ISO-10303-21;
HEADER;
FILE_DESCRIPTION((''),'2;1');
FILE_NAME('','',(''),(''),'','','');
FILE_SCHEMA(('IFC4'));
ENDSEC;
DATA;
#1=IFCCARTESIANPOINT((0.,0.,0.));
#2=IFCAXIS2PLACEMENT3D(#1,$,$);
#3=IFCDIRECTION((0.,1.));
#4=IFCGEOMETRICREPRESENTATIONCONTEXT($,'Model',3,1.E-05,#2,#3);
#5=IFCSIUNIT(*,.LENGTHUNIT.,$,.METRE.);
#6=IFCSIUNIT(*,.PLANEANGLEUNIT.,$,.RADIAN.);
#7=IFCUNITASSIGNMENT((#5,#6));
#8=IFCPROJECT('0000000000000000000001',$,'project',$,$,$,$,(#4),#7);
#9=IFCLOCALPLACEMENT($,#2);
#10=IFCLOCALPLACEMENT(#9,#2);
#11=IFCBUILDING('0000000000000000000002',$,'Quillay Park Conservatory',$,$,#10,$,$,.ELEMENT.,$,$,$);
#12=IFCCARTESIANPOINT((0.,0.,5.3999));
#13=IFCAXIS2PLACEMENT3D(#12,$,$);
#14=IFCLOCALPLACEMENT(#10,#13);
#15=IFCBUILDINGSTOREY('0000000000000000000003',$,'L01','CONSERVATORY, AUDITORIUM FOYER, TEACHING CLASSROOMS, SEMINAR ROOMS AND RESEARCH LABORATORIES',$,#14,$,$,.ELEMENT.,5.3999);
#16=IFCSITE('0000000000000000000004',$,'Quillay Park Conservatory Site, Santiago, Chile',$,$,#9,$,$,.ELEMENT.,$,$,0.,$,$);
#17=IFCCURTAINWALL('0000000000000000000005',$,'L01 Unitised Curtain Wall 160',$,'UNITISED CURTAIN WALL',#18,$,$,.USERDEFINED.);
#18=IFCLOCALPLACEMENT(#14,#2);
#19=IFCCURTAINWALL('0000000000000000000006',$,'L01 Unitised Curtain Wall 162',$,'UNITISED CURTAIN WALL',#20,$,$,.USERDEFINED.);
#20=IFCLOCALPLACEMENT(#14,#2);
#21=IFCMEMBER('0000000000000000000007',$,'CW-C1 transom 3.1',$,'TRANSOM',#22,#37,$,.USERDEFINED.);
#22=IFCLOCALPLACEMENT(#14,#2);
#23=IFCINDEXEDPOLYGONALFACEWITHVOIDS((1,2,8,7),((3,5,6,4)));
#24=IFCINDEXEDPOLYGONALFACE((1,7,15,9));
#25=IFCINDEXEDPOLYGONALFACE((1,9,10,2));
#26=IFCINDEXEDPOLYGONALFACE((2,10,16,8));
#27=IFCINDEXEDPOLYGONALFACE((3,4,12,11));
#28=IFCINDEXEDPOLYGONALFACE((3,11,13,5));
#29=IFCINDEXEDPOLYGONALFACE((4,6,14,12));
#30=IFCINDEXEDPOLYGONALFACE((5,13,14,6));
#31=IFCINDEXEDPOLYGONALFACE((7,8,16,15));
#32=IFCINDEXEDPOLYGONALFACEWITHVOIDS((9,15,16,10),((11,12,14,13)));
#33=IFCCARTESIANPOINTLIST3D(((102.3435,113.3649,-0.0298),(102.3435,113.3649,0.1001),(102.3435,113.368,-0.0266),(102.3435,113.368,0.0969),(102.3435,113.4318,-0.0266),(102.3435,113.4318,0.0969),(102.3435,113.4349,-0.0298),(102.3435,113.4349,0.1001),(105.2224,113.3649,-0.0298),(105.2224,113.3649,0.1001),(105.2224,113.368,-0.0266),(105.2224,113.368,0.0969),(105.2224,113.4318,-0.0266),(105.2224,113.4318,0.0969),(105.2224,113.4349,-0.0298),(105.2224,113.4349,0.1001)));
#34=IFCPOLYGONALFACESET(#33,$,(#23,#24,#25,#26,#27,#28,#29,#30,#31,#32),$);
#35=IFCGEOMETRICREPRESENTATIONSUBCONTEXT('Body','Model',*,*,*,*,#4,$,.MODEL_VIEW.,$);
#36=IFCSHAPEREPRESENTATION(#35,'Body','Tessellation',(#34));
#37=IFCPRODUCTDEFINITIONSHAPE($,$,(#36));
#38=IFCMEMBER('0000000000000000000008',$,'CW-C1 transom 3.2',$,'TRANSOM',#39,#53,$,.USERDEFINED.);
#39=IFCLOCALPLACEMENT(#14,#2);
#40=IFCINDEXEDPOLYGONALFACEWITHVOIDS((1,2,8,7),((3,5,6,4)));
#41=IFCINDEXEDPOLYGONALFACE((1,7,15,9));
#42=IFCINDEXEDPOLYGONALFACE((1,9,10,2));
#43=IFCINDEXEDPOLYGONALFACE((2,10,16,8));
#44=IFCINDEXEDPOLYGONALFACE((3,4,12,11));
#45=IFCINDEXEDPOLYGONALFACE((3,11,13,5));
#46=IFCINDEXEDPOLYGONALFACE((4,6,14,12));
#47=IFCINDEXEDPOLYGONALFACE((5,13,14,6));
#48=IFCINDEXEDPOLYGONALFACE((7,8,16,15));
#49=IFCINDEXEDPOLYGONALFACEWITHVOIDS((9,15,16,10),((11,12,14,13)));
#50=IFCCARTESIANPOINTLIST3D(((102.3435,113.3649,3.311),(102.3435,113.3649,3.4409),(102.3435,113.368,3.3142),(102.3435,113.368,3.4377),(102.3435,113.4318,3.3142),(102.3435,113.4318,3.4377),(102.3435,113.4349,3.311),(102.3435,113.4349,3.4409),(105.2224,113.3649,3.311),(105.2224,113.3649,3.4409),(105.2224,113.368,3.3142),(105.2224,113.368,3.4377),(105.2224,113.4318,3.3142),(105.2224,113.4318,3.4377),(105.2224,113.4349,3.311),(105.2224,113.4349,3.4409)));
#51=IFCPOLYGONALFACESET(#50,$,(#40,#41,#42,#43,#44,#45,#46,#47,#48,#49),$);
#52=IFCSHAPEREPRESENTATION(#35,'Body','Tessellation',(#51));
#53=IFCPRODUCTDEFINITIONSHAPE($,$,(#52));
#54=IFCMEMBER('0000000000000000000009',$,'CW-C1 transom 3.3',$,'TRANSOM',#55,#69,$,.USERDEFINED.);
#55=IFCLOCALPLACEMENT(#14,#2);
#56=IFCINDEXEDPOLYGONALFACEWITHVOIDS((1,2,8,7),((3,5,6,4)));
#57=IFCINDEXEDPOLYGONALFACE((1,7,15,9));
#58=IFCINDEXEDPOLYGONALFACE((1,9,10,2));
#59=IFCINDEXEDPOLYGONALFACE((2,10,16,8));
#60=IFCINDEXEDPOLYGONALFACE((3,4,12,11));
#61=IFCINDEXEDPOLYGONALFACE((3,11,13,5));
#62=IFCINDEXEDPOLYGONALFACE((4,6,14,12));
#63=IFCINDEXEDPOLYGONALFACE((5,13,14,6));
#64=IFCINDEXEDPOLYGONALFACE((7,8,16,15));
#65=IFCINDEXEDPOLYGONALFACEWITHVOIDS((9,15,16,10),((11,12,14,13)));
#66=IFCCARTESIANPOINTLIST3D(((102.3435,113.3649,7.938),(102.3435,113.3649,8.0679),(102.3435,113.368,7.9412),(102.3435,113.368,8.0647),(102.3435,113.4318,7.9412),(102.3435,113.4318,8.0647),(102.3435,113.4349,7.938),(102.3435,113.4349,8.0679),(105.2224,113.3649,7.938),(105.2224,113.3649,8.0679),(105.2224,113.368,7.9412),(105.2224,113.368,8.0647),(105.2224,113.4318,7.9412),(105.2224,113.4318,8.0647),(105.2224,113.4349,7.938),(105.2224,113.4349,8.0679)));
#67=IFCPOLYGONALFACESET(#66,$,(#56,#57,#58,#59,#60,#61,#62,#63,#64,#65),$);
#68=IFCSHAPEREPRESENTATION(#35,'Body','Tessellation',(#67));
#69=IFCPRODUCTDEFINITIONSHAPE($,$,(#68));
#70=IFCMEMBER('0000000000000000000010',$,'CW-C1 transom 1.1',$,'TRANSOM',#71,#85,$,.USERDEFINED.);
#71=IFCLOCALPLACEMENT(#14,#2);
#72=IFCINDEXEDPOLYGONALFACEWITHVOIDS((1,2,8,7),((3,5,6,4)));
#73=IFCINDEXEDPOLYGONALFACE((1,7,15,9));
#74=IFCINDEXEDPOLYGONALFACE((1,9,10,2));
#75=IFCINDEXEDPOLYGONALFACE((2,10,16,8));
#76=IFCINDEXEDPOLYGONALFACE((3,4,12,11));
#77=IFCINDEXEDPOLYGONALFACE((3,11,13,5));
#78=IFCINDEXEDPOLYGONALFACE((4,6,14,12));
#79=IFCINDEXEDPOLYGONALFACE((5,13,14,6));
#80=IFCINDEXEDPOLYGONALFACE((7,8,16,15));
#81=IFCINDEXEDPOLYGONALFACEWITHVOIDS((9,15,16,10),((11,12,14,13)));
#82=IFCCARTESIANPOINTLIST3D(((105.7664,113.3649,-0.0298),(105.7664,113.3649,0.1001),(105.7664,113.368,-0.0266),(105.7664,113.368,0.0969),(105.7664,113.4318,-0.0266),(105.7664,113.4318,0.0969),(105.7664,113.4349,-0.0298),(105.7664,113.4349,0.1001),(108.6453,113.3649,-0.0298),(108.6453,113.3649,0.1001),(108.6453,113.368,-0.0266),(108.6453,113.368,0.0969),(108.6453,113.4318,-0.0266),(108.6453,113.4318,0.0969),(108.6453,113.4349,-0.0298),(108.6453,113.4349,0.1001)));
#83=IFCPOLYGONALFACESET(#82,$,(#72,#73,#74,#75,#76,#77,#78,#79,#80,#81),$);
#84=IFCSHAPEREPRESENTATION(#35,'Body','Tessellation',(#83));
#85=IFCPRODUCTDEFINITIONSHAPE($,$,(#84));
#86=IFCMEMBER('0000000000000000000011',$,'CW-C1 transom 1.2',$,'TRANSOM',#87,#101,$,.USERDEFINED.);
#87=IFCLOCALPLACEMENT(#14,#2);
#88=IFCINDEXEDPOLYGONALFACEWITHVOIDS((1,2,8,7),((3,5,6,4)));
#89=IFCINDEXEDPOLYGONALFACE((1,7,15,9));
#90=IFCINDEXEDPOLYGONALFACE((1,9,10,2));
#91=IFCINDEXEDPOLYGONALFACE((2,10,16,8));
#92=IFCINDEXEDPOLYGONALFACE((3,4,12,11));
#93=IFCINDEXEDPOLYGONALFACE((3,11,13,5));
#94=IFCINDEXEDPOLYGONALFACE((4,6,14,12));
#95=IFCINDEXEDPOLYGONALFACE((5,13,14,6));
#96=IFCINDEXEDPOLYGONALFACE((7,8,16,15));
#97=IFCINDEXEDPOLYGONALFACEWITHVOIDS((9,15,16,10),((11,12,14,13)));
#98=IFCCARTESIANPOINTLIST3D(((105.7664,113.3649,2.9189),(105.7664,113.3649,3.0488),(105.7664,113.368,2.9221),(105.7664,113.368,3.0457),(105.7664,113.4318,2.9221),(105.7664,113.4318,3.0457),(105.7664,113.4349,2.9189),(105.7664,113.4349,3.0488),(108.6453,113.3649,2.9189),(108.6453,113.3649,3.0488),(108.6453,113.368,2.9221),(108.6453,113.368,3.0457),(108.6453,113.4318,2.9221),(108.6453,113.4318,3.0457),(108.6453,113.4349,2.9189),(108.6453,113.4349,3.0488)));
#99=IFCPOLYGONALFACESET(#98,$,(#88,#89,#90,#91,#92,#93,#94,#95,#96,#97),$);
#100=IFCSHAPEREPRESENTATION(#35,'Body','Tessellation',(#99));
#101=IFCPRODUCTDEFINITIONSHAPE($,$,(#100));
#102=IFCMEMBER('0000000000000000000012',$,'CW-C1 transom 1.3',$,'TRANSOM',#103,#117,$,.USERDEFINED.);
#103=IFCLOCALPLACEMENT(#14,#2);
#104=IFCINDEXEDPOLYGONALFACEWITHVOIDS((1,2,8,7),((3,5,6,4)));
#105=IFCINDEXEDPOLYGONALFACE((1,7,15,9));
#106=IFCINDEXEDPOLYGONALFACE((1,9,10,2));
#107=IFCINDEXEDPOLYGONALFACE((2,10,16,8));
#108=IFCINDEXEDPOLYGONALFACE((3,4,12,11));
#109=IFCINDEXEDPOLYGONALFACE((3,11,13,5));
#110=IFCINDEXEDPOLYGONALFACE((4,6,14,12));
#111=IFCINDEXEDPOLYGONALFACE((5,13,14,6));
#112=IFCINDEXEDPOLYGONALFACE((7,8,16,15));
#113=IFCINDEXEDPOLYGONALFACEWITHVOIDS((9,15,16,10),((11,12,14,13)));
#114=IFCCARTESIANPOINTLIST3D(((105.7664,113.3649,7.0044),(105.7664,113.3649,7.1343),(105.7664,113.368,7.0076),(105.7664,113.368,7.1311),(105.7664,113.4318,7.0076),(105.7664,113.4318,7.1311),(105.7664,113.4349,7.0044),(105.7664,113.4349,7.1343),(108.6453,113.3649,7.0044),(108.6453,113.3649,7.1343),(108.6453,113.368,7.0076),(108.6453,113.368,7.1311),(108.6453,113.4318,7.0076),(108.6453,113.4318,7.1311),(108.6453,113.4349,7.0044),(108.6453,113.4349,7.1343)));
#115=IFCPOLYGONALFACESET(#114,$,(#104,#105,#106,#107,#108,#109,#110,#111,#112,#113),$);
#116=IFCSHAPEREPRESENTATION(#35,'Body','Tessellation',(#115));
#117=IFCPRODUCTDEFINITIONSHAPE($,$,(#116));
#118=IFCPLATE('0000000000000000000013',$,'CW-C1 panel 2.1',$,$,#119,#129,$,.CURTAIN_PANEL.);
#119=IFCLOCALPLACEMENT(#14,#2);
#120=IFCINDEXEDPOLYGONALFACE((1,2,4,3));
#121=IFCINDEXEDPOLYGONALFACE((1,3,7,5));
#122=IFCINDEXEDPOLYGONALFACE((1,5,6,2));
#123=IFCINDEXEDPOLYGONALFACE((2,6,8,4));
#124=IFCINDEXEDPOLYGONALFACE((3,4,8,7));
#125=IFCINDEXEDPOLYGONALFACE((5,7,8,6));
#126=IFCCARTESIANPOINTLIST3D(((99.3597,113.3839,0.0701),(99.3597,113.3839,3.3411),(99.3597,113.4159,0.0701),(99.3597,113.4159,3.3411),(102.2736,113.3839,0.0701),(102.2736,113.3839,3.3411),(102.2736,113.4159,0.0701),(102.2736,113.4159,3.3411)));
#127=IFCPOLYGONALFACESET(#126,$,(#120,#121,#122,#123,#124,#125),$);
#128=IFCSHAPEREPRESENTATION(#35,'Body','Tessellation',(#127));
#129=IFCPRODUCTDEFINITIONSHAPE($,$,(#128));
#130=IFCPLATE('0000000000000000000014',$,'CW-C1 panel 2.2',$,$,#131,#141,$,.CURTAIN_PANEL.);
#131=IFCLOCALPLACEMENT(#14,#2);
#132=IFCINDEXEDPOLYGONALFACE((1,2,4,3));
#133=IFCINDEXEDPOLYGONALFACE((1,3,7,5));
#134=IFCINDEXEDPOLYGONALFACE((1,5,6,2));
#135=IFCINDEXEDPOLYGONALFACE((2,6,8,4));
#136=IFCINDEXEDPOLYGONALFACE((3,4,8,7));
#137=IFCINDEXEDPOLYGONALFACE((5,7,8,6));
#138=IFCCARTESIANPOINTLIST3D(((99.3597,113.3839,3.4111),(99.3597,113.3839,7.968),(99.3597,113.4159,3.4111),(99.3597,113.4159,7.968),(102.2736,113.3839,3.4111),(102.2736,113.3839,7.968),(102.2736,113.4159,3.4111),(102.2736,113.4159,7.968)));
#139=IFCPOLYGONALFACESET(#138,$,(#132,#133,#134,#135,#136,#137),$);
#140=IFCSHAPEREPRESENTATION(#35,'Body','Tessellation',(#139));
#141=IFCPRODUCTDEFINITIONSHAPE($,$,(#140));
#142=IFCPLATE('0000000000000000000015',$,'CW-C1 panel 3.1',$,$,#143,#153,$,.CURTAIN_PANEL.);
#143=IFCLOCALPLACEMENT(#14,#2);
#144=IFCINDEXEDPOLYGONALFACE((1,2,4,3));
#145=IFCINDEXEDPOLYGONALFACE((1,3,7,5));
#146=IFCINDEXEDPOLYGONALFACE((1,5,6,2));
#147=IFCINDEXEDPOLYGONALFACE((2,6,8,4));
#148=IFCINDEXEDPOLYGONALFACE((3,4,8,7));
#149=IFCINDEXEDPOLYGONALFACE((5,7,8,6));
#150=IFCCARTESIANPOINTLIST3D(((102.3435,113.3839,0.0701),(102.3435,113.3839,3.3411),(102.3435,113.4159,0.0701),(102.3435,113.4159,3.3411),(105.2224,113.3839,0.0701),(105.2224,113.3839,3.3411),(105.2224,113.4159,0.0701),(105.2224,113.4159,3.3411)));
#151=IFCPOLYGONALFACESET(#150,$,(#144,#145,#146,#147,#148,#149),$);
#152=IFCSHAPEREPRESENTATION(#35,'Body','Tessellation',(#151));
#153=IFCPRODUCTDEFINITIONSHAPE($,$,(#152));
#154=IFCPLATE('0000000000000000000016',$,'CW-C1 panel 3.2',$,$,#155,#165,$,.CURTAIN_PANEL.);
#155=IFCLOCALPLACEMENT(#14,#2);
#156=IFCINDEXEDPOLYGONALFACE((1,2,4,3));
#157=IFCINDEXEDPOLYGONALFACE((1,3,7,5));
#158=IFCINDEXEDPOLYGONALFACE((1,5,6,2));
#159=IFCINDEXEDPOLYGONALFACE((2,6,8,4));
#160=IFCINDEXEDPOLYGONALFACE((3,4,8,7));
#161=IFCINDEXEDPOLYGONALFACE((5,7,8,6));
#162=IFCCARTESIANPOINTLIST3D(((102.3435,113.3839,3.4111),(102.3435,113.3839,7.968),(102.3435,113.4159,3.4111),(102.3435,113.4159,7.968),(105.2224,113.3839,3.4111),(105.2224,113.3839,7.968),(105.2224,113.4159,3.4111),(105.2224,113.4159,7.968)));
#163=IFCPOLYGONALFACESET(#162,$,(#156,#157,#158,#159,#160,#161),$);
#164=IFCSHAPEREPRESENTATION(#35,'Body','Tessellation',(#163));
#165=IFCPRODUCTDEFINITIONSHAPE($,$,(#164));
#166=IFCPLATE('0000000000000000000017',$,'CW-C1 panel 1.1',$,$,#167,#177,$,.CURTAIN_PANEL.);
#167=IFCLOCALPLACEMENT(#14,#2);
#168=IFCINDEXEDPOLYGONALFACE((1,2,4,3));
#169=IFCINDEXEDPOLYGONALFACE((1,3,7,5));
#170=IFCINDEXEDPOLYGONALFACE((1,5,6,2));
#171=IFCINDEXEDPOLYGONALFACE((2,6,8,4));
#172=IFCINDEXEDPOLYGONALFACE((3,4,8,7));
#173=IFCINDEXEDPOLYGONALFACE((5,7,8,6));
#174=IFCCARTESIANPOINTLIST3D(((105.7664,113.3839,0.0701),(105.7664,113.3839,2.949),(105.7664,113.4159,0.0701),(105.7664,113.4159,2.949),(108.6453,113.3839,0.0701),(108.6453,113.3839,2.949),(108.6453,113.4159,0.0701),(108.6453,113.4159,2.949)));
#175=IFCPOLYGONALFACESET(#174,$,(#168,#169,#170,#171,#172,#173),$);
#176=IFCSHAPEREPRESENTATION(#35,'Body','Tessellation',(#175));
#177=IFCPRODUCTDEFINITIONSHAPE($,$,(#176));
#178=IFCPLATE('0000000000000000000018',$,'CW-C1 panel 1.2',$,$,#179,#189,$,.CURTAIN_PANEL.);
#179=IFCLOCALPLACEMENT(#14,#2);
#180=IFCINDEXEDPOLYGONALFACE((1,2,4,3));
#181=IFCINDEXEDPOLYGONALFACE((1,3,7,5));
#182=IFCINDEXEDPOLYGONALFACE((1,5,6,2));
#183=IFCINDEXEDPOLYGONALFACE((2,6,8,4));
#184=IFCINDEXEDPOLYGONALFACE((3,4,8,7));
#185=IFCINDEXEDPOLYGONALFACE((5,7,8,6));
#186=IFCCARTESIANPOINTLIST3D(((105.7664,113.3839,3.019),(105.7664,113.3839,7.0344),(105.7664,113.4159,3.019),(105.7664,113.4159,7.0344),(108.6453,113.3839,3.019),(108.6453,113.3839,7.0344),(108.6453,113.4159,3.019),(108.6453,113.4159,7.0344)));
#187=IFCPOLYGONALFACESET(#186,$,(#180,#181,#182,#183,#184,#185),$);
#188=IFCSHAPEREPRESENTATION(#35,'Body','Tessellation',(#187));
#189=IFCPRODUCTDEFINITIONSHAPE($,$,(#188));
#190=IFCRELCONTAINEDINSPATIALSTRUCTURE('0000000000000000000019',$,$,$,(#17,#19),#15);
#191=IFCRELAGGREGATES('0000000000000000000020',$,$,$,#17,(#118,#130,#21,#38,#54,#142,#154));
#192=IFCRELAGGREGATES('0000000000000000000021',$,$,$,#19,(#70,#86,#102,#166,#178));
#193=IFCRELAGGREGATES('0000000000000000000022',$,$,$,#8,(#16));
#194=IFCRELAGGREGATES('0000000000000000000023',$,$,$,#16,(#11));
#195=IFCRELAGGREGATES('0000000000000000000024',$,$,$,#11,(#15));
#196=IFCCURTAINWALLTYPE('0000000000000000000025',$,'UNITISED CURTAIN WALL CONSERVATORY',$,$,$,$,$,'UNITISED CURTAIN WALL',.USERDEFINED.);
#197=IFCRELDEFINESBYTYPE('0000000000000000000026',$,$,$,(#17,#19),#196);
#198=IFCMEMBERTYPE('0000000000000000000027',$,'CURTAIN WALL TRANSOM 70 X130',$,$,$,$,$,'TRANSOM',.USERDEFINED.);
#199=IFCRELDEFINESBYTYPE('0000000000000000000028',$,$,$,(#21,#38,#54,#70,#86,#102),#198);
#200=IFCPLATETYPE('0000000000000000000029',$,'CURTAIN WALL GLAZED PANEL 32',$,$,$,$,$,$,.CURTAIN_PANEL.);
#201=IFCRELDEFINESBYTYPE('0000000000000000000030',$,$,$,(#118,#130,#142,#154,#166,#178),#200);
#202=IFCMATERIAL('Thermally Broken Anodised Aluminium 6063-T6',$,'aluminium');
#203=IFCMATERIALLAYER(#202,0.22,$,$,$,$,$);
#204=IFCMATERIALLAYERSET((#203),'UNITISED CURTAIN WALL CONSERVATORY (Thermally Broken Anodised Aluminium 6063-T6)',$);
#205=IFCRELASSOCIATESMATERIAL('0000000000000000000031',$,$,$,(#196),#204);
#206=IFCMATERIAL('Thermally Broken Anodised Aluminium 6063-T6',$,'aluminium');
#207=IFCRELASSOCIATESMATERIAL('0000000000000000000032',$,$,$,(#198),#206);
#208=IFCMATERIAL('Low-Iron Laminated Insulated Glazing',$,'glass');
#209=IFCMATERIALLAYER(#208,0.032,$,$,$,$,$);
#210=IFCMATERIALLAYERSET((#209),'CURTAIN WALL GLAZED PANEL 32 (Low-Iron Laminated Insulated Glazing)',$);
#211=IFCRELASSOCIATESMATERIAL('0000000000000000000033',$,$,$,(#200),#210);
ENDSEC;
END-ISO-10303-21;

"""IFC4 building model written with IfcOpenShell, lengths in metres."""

from ifc_helpers import new_model, si_unit, direction, frame, origin, origin_2d, place, context, subcontext, project, spatial, rectangle, hollow_rectangle, extrude, material, layer, layer_set, material_profile, profile_set, type_object, element, aggregate, save


model = new_model("IFC4")

# Units and contexts
model_context = context("Model", 3, precision=1e-05, world=origin(), true_north=direction((0.0, 1.0)))
body_context = subcontext(model_context, "Body", "Model", "MODEL_VIEW")
ifc_project = project(units=[si_unit("LENGTHUNIT", "METRE"), si_unit("PLANEANGLEUNIT", "RADIAN")], contexts=[model_context])

# Site, building, storey
site_placement = place(None, origin())
site = spatial("IfcSite", under=ifc_project, at=site_placement, Name="Quillay Park Conservatory Site, Santiago, Chile", CompositionType="ELEMENT", RefElevation=0.0)
building_placement = place(site_placement, origin())
building = spatial("IfcBuilding", under=site, at=building_placement, Name="Quillay Park Conservatory", CompositionType="ELEMENT")
storey_placement = place(building_placement, frame((0.0, 0.0, 5.3999)))
storey = spatial("IfcBuildingStorey", under=building, at=storey_placement, Name="L01", Description="CONSERVATORY, AUDITORIUM FOYER, TEACHING CLASSROOMS, SEMINAR ROOMS AND RESEARCH LABORATORIES", CompositionType="ELEMENT", Elevation=5.3999)

# Curtain walls
ifc_material_1 = material(Name="Thermally Broken Anodised Aluminium 6063-T6", Category="aluminium")
ifc_layer_1 = layer(ifc_material_1, 0.22)
ifc_layer_set_1 = layer_set([ifc_layer_1], Name="UNITISED CURTAIN WALL CONSERVATORY (Thermally Broken Anodised Aluminium 6063-T6)")
curtain_wall_type = type_object("IfcCurtainWallType", Name="UNITISED CURTAIN WALL CONSERVATORY", ElementType="UNITISED CURTAIN WALL", PredefinedType="USERDEFINED", material=ifc_layer_set_1)
curtain_wall_1_placement = place(storey_placement, origin())
curtain_wall_1 = element("IfcCurtainWall", 1, at=curtain_wall_1_placement, inside=storey, type_object=curtain_wall_type, Name="L01 Unitised Curtain Wall 160", ObjectType="UNITISED CURTAIN WALL", PredefinedType="USERDEFINED")
curtain_wall_2_placement = place(storey_placement, origin())
curtain_wall_2 = element("IfcCurtainWall", 2, at=curtain_wall_2_placement, inside=storey, type_object=curtain_wall_type, Name="L01 Unitised Curtain Wall 162", ObjectType="UNITISED CURTAIN WALL", PredefinedType="USERDEFINED")

# Members
ifc_material_2 = material(Name="Thermally Broken Anodised Aluminium 6063-T6", Category="aluminium")
ifc_material_profile_1 = material_profile(ifc_material_2, hollow_rectangle(XDim=0.0701, YDim=0.1299, WallThickness=0.0032, at=origin_2d()), Name="AL70x130x3.2")
ifc_profile_set_1 = profile_set([ifc_material_profile_1], Name="Thermally Broken Anodised Aluminium 6063-T6")
member_type_1 = type_object("IfcMemberType", Name="CURTAIN WALL TRANSOM 70 X130", ElementType="TRANSOM", PredefinedType="USERDEFINED", material=ifc_profile_set_1)
member_1_placement = place(storey_placement, frame((102.3435, 113.3999, 0.0352), z_axis=(1.0, 0.0, 0.0), x_axis=(0.0, 1.0, 0.0)))
member_1 = element("IfcMember", 3, at=member_1_placement, type_object=member_type_1, Name="CW-C1 transom 3.1", ObjectType="TRANSOM", PredefinedType="USERDEFINED", context=body_context, shape_type="SweptSolid", body=[
    extrude(hollow_rectangle(XDim=0.0701, YDim=0.1299, WallThickness=0.0032, at=origin_2d()), origin(), (0.0, 0.0, 1.0), 2.8789),
])
member_2_placement = place(storey_placement, frame((102.3435, 113.3999, 3.376), z_axis=(1.0, 0.0, 0.0), x_axis=(0.0, 1.0, 0.0)))
member_2 = element("IfcMember", 4, at=member_2_placement, type_object=member_type_1, Name="CW-C1 transom 3.2", ObjectType="TRANSOM", PredefinedType="USERDEFINED", context=body_context, shape_type="SweptSolid", body=[
    extrude(hollow_rectangle(XDim=0.0701, YDim=0.1299, WallThickness=0.0032, at=origin_2d()), origin(), (0.0, 0.0, 1.0), 2.8789),
])
member_3_placement = place(storey_placement, frame((102.3435, 113.3999, 8.0029), z_axis=(1.0, 0.0, 0.0), x_axis=(0.0, 1.0, 0.0)))
member_3 = element("IfcMember", 5, at=member_3_placement, type_object=member_type_1, Name="CW-C1 transom 3.3", ObjectType="TRANSOM", PredefinedType="USERDEFINED", context=body_context, shape_type="SweptSolid", body=[
    extrude(hollow_rectangle(XDim=0.0701, YDim=0.1299, WallThickness=0.0032, at=origin_2d()), origin(), (0.0, 0.0, 1.0), 2.8789),
])
member_4_placement = place(storey_placement, frame((105.7664, 113.3999, 0.0352), z_axis=(1.0, 0.0, 0.0), x_axis=(0.0, 1.0, 0.0)))
member_4 = element("IfcMember", 6, at=member_4_placement, type_object=member_type_1, Name="CW-C1 transom 1.1", ObjectType="TRANSOM", PredefinedType="USERDEFINED", context=body_context, shape_type="SweptSolid", body=[
    extrude(hollow_rectangle(XDim=0.0701, YDim=0.1299, WallThickness=0.0032, at=origin_2d()), origin(), (0.0, 0.0, 1.0), 2.8789),
])
member_5_placement = place(storey_placement, frame((105.7664, 113.3999, 2.9839), z_axis=(1.0, 0.0, 0.0), x_axis=(0.0, 1.0, 0.0)))
member_5 = element("IfcMember", 7, at=member_5_placement, type_object=member_type_1, Name="CW-C1 transom 1.2", ObjectType="TRANSOM", PredefinedType="USERDEFINED", context=body_context, shape_type="SweptSolid", body=[
    extrude(hollow_rectangle(XDim=0.0701, YDim=0.1299, WallThickness=0.0032, at=origin_2d()), origin(), (0.0, 0.0, 1.0), 2.8789),
])
member_6_placement = place(storey_placement, frame((105.7664, 113.3999, 7.0693), z_axis=(1.0, 0.0, 0.0), x_axis=(0.0, 1.0, 0.0)))
member_6 = element("IfcMember", 8, at=member_6_placement, type_object=member_type_1, Name="CW-C1 transom 1.3", ObjectType="TRANSOM", PredefinedType="USERDEFINED", context=body_context, shape_type="SweptSolid", body=[
    extrude(hollow_rectangle(XDim=0.0701, YDim=0.1299, WallThickness=0.0032, at=origin_2d()), origin(), (0.0, 0.0, 1.0), 2.8789),
])

# Plates
ifc_material_3 = material(Name="Low-Iron Laminated Insulated Glazing", Category="glass")
ifc_layer_2 = layer(ifc_material_3, 0.032)
ifc_layer_set_2 = layer_set([ifc_layer_2], Name="CURTAIN WALL GLAZED PANEL 32 (Low-Iron Laminated Insulated Glazing)")
plate_type_1 = type_object("IfcPlateType", Name="CURTAIN WALL GLAZED PANEL 32", PredefinedType="CURTAIN_PANEL", material=ifc_layer_set_2)
plate_1_placement = place(storey_placement, frame((100.8167, 113.3999, 0.0701), z_axis=(0.0, 0.0, 1.0), x_axis=(1.0, 0.0, 0.0)))
plate_1 = element("IfcPlate", 9, at=plate_1_placement, type_object=plate_type_1, Name="CW-C1 panel 2.1", PredefinedType="CURTAIN_PANEL", context=body_context, shape_type="SweptSolid", body=[
    extrude(rectangle(XDim=2.9138, YDim=0.032, at=origin_2d()), origin(), (0.0, 0.0, 1.0), 3.271),
])
plate_2_placement = place(storey_placement, frame((100.8167, 113.3999, 3.4111), z_axis=(0.0, 0.0, 1.0), x_axis=(1.0, 0.0, 0.0)))
plate_2 = element("IfcPlate", 10, at=plate_2_placement, type_object=plate_type_1, Name="CW-C1 panel 2.2", PredefinedType="CURTAIN_PANEL", context=body_context, shape_type="SweptSolid", body=[
    extrude(rectangle(XDim=2.9138, YDim=0.032, at=origin_2d()), origin(), (0.0, 0.0, 1.0), 4.5569),
])
plate_3_placement = place(storey_placement, frame((103.783, 113.3999, 0.0701), z_axis=(0.0, 0.0, 1.0), x_axis=(1.0, 0.0, 0.0)))
plate_3 = element("IfcPlate", 11, at=plate_3_placement, type_object=plate_type_1, Name="CW-C1 panel 3.1", PredefinedType="CURTAIN_PANEL", context=body_context, shape_type="SweptSolid", body=[
    extrude(rectangle(XDim=2.8789, YDim=0.032, at=origin_2d()), origin(), (0.0, 0.0, 1.0), 3.271),
])
plate_4_placement = place(storey_placement, frame((103.783, 113.3999, 3.4111), z_axis=(0.0, 0.0, 1.0), x_axis=(1.0, 0.0, 0.0)))
plate_4 = element("IfcPlate", 12, at=plate_4_placement, type_object=plate_type_1, Name="CW-C1 panel 3.2", PredefinedType="CURTAIN_PANEL", context=body_context, shape_type="SweptSolid", body=[
    extrude(rectangle(XDim=2.8789, YDim=0.032, at=origin_2d()), origin(), (0.0, 0.0, 1.0), 4.5569),
])
aggregate(curtain_wall_1, [plate_1, plate_2, member_1, member_2, member_3, plate_3, plate_4])
plate_5_placement = place(storey_placement, frame((107.2058, 113.3999, 0.0701), z_axis=(0.0, 0.0, 1.0), x_axis=(1.0, 0.0, 0.0)))
plate_5 = element("IfcPlate", 13, at=plate_5_placement, type_object=plate_type_1, Name="CW-C1 panel 1.1", PredefinedType="CURTAIN_PANEL", context=body_context, shape_type="SweptSolid", body=[
    extrude(rectangle(XDim=2.8789, YDim=0.032, at=origin_2d()), origin(), (0.0, 0.0, 1.0), 2.8789),
])
plate_6_placement = place(storey_placement, frame((107.2058, 113.3999, 3.019), z_axis=(0.0, 0.0, 1.0), x_axis=(1.0, 0.0, 0.0)))
plate_6 = element("IfcPlate", 14, at=plate_6_placement, type_object=plate_type_1, Name="CW-C1 panel 1.2", PredefinedType="CURTAIN_PANEL", context=body_context, shape_type="SweptSolid", body=[
    extrude(rectangle(XDim=2.8789, YDim=0.032, at=origin_2d()), origin(), (0.0, 0.0, 1.0), 4.0154),
])
aggregate(curtain_wall_2, [member_4, member_5, member_6, plate_5, plate_6])

save(model, "model.ifc")
